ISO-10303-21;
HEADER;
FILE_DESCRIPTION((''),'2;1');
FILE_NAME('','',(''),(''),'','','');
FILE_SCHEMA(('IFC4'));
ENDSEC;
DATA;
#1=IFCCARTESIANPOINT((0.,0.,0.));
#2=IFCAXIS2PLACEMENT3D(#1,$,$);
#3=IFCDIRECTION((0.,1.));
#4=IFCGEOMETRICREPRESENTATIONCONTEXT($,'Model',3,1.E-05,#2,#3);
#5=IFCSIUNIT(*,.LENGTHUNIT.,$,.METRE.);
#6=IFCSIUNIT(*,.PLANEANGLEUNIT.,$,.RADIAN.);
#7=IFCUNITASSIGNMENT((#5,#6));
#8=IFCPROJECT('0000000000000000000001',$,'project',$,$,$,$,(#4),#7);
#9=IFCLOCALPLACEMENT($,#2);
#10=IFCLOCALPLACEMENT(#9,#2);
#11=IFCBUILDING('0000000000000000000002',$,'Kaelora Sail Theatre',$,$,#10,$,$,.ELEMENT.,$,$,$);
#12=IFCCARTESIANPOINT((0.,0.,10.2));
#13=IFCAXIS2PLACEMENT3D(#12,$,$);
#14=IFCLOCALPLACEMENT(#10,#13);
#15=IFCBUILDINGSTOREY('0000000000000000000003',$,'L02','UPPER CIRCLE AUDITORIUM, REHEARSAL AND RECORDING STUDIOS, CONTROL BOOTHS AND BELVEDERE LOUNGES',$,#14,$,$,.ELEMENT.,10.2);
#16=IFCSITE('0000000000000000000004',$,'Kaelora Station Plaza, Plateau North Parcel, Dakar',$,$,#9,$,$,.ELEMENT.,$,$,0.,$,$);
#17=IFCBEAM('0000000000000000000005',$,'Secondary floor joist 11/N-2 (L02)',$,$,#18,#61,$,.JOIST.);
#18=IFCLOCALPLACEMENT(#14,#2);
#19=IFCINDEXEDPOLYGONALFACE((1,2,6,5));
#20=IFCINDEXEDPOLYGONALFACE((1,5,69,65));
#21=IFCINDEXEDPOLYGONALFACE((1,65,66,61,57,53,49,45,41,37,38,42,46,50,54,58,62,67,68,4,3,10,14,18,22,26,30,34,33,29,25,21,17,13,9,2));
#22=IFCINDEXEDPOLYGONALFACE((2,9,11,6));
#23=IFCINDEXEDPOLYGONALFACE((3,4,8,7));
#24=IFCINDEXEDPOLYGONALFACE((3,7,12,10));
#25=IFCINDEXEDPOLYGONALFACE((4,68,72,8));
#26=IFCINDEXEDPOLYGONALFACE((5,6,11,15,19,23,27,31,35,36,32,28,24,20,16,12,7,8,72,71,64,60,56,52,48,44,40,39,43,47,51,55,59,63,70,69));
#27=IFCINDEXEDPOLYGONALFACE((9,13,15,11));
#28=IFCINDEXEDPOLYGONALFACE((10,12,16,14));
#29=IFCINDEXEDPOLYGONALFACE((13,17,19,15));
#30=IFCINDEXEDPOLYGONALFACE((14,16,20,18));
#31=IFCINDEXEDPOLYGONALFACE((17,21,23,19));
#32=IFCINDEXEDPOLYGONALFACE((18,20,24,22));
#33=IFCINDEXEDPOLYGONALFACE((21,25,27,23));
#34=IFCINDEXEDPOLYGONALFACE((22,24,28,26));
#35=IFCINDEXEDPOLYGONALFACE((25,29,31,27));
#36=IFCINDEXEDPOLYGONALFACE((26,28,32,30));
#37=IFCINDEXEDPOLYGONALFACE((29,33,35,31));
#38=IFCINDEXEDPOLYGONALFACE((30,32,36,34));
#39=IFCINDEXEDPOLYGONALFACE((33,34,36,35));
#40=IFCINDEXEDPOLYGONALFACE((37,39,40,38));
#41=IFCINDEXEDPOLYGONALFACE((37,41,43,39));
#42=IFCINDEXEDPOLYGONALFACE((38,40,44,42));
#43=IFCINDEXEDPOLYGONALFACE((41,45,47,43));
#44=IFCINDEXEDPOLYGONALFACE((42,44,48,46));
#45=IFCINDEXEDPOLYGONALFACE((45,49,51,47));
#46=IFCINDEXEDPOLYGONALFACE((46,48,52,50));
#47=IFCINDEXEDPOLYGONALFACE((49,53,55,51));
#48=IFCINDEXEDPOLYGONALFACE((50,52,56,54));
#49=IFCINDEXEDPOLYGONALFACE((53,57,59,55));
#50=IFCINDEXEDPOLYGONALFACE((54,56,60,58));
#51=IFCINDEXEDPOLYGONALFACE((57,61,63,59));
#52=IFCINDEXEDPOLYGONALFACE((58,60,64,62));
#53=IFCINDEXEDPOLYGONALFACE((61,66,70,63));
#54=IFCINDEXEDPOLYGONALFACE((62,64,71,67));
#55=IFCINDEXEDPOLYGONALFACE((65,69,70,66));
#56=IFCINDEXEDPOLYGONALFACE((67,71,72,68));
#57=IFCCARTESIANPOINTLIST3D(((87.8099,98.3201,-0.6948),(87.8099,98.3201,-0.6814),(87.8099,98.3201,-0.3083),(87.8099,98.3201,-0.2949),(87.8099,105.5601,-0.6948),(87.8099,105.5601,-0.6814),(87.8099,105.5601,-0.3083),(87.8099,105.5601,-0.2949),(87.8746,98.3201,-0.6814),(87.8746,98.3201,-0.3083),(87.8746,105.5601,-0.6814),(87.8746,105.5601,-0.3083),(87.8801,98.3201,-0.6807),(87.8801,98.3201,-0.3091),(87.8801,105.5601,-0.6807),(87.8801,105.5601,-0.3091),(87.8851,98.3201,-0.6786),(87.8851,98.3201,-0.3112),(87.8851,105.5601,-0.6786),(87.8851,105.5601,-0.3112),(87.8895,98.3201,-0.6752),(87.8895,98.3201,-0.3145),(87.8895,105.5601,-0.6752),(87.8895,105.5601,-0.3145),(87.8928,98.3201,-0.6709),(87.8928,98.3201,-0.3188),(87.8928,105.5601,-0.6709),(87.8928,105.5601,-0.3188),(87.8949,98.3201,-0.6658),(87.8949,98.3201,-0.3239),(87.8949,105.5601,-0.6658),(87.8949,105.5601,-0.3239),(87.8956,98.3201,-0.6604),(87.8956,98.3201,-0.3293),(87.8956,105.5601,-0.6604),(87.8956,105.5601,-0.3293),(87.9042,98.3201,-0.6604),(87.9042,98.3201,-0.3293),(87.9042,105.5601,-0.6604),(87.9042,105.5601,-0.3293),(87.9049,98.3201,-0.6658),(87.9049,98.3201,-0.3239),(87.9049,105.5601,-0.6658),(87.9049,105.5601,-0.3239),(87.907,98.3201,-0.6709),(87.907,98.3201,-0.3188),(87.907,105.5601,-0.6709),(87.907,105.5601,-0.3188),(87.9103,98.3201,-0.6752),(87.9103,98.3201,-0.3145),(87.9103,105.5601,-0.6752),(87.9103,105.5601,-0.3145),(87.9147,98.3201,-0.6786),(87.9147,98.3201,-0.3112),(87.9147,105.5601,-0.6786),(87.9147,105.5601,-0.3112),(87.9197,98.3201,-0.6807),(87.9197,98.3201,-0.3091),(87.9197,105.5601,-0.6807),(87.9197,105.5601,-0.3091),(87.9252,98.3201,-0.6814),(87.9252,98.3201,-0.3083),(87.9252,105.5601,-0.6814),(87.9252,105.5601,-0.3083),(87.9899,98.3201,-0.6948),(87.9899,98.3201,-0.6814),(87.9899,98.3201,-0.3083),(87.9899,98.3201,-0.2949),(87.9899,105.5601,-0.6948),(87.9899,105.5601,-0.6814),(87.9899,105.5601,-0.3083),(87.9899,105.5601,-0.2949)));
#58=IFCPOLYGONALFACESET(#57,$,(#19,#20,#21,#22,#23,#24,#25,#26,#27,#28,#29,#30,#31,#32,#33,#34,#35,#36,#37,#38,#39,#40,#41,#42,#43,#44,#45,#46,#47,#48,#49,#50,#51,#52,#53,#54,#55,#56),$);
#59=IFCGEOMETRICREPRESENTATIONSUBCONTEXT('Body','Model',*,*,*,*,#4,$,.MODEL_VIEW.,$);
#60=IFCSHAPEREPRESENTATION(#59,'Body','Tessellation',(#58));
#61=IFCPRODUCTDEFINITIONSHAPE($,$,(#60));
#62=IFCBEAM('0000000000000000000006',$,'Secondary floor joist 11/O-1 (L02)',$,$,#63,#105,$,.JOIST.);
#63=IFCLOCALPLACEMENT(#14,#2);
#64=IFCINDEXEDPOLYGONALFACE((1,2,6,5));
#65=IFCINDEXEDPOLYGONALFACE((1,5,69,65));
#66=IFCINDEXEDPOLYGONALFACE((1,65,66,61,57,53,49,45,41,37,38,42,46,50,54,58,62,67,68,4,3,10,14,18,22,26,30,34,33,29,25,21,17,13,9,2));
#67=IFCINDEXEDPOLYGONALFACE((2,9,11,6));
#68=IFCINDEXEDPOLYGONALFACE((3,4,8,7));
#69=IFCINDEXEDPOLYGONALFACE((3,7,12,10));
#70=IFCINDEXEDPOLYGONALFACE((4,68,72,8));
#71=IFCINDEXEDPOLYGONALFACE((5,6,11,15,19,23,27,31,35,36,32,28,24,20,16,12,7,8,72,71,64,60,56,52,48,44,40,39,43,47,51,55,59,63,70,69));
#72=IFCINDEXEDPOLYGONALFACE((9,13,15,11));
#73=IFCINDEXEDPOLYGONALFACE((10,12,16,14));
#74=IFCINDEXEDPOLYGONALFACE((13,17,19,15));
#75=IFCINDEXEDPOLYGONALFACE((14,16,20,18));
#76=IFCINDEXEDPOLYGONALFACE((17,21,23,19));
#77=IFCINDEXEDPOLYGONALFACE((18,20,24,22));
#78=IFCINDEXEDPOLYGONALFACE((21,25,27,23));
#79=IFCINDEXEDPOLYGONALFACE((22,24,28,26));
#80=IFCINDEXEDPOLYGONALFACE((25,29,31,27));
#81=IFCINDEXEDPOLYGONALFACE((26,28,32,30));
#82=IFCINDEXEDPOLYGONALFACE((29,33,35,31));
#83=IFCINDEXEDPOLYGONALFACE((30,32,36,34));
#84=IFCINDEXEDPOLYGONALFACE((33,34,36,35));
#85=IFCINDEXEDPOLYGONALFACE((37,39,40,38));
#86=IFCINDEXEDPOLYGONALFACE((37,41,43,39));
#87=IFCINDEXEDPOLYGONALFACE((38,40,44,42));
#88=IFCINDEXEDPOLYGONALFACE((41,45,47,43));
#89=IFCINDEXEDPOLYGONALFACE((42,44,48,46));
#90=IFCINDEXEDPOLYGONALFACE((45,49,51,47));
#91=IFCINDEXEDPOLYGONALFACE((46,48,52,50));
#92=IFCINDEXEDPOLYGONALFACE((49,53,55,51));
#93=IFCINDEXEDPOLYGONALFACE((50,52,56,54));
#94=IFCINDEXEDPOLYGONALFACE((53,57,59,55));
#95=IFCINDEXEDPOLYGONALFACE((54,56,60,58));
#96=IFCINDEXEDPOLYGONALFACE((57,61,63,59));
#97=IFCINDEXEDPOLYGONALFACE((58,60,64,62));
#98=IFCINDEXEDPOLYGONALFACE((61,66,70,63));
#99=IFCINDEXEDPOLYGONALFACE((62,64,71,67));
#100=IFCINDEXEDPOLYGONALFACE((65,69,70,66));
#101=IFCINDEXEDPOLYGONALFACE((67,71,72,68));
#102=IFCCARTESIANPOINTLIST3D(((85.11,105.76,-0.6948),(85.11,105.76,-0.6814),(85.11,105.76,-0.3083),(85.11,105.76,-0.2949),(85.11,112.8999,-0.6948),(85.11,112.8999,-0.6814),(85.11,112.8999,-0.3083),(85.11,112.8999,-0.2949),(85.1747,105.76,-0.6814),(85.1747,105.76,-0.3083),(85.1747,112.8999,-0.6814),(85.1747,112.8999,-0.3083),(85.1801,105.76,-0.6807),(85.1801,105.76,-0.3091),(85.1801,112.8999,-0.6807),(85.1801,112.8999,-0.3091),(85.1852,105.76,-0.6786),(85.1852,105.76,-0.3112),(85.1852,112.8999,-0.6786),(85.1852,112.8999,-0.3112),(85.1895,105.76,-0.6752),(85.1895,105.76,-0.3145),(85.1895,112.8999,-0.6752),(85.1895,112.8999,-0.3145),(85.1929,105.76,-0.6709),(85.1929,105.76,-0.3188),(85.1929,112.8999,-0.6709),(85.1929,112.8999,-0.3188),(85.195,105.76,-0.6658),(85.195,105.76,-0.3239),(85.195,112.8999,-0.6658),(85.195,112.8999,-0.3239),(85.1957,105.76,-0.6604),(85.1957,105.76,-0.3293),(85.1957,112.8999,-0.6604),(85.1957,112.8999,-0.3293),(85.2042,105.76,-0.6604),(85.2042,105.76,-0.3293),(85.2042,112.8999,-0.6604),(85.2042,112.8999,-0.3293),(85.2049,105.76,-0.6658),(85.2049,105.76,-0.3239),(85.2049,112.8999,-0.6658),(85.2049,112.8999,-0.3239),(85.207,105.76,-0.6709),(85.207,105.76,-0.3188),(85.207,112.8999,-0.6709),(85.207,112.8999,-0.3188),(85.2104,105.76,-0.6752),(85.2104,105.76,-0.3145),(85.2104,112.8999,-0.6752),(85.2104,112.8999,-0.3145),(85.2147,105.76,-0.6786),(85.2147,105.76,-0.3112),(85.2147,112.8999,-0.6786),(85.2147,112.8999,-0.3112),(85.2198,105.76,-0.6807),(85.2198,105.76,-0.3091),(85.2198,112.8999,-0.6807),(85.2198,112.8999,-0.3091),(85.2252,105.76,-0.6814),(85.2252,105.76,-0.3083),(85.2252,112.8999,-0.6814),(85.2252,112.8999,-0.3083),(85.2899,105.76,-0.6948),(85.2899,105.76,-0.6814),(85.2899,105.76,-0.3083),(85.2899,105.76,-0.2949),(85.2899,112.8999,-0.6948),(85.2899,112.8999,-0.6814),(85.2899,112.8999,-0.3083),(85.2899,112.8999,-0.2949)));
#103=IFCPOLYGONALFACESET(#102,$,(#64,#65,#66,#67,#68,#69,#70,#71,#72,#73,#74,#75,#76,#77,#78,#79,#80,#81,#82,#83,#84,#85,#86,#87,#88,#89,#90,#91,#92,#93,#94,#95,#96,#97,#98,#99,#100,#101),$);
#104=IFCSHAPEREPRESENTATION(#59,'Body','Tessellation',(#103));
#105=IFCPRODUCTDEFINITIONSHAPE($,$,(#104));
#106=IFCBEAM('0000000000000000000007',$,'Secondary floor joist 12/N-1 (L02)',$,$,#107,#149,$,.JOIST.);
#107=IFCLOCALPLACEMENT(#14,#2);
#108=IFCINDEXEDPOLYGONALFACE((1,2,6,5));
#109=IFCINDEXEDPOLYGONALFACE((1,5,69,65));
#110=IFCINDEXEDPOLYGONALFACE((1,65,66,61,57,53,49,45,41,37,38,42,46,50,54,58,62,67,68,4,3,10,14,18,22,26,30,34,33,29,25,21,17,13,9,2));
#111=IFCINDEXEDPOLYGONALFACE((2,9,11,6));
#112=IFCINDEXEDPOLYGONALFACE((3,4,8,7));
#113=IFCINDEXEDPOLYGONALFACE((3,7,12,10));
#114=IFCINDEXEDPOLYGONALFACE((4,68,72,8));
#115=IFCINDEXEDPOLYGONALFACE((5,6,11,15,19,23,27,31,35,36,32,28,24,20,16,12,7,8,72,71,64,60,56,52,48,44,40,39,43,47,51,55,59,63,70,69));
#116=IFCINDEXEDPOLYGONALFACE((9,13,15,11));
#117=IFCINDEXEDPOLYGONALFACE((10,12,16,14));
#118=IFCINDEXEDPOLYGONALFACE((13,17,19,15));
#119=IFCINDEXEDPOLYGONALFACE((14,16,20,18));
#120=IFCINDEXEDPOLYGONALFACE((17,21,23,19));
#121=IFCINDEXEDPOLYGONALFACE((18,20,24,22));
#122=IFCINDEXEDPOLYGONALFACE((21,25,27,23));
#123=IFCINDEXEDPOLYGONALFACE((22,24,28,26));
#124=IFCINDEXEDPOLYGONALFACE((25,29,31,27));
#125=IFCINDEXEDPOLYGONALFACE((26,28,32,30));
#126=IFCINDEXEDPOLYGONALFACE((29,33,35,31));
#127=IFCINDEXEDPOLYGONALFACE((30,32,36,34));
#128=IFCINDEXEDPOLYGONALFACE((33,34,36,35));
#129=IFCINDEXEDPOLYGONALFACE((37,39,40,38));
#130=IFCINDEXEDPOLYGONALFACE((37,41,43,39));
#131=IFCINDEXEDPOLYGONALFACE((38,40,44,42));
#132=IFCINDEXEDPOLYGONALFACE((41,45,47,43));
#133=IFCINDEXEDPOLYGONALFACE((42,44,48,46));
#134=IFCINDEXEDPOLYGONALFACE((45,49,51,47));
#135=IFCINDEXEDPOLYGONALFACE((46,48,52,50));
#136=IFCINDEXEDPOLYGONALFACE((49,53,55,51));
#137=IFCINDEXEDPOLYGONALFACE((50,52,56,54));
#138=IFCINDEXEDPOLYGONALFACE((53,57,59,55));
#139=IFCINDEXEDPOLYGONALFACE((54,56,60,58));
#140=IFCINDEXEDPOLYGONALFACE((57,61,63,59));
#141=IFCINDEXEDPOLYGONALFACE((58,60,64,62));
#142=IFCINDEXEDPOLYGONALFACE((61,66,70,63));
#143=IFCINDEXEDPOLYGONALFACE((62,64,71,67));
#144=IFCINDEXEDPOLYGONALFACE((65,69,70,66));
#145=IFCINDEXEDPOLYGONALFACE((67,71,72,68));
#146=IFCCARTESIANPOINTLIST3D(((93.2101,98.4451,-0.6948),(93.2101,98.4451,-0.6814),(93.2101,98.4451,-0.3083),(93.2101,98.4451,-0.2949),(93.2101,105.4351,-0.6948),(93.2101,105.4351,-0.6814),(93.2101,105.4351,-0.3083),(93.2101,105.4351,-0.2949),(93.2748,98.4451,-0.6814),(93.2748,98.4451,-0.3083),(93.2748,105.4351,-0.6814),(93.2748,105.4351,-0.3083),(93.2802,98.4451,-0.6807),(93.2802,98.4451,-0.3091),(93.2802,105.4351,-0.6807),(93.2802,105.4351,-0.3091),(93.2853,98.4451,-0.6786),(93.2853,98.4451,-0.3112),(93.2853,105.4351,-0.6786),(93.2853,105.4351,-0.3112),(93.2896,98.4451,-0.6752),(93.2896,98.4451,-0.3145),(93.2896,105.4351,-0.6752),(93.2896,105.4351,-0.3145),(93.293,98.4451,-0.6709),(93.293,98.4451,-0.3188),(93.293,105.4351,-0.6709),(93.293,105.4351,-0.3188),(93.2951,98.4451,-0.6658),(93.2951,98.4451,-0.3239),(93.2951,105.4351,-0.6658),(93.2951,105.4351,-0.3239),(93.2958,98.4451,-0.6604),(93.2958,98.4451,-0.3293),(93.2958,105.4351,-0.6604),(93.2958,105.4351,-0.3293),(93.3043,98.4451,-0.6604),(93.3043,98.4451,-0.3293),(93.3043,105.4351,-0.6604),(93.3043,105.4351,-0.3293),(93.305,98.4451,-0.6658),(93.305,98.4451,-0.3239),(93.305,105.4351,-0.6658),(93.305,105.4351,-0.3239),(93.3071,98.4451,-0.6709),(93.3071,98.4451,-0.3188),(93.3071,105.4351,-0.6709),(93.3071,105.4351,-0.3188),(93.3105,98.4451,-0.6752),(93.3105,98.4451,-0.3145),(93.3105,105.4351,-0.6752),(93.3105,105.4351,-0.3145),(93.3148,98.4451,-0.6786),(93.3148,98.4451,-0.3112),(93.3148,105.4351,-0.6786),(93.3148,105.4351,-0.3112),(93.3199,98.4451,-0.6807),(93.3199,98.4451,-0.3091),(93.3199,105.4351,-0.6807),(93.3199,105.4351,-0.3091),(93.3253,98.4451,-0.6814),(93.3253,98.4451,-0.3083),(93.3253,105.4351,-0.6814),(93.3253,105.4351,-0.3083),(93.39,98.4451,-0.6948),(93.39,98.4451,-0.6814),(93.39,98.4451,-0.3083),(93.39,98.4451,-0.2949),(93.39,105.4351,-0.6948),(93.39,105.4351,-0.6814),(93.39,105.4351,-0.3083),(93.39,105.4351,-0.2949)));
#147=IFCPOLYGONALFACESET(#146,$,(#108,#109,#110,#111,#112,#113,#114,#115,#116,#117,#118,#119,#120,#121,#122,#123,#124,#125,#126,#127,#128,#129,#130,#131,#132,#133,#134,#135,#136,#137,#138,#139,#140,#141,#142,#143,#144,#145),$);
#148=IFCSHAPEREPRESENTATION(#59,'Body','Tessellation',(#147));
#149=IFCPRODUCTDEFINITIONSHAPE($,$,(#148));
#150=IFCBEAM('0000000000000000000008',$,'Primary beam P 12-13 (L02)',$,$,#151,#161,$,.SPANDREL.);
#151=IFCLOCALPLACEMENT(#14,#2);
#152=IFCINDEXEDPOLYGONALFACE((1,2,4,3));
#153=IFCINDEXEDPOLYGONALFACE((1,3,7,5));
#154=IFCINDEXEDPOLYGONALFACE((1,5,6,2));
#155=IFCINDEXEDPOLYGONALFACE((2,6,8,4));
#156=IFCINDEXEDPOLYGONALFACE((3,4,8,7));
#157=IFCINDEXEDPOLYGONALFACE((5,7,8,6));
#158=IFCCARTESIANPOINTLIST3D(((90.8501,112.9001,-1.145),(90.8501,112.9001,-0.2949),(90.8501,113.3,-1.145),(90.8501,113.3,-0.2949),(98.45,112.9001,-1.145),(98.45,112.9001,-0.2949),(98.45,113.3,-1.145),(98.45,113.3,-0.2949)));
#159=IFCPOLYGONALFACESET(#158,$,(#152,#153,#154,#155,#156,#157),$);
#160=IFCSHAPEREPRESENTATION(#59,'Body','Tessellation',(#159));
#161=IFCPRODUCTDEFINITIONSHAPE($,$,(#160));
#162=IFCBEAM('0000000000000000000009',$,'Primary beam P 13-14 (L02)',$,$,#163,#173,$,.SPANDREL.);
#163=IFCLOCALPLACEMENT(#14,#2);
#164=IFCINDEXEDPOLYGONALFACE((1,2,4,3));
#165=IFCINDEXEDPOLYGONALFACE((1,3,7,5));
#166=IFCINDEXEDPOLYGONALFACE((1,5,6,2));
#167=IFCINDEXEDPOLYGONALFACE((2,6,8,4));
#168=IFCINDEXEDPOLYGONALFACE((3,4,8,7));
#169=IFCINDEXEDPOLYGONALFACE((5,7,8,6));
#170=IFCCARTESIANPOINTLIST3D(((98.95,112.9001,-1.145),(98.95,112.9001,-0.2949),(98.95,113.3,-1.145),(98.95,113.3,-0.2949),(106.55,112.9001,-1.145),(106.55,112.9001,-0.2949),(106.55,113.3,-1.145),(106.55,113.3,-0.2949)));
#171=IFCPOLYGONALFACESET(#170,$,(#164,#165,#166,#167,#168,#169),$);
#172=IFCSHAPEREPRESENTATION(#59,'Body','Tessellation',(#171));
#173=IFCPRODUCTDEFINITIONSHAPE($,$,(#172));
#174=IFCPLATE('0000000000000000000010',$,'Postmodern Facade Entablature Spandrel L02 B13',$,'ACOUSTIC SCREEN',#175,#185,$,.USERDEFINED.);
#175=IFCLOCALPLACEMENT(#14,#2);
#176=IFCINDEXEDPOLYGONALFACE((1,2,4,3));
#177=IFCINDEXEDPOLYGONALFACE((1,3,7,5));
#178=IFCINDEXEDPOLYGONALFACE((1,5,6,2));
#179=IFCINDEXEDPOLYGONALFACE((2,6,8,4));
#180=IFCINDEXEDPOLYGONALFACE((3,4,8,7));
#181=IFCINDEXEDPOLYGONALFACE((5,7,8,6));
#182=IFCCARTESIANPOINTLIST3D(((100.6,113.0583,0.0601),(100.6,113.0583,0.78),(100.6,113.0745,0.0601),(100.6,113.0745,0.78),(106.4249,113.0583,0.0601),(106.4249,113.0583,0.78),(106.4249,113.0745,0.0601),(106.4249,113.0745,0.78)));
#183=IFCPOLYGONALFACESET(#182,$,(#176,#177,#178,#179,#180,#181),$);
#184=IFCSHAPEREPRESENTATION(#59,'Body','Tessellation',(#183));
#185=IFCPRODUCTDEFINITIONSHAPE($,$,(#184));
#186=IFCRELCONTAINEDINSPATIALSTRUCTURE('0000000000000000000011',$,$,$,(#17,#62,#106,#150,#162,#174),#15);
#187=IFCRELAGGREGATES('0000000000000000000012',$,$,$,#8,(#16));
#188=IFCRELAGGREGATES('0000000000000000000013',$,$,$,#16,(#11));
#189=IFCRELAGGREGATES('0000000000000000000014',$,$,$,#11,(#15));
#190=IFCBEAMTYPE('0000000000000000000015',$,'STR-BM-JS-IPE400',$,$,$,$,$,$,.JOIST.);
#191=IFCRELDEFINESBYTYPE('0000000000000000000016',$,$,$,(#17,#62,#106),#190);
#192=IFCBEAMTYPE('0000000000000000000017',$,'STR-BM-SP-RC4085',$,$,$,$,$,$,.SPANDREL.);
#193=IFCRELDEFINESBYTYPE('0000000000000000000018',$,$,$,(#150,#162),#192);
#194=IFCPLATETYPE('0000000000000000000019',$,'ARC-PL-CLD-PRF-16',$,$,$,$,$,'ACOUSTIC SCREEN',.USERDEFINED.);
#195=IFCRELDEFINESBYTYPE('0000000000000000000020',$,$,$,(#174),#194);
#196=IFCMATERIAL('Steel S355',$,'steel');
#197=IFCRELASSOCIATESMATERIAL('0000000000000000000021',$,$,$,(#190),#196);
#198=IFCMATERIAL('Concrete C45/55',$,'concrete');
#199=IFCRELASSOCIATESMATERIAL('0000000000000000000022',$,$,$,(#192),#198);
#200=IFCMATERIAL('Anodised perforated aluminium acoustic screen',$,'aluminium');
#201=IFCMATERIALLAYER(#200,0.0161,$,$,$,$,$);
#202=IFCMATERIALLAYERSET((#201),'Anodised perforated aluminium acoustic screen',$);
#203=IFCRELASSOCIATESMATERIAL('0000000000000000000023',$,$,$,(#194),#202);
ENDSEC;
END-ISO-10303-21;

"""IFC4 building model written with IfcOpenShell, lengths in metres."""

from ifc_helpers import new_model, si_unit, direction, frame, origin, origin_2d, place, context, subcontext, project, spatial, rectangle, i_section, extrude, material, layer, layer_set, material_profile, profile_set, type_object, element, save


model = new_model("IFC4")

# Units and contexts
model_context = context("Model", 3, precision=1e-05, world=origin(), true_north=direction((0.0, 1.0)))
body_context = subcontext(model_context, "Body", "Model", "MODEL_VIEW")
ifc_project = project(units=[si_unit("LENGTHUNIT", "METRE"), si_unit("PLANEANGLEUNIT", "RADIAN")], contexts=[model_context])

# Site, building, storey
site_placement = place(None, origin())
site = spatial("IfcSite", under=ifc_project, at=site_placement, Name="Kaelora Station Plaza, Plateau North Parcel, Dakar", CompositionType="ELEMENT", RefElevation=0.0)
building_placement = place(site_placement, origin())
building = spatial("IfcBuilding", under=site, at=building_placement, Name="Kaelora Sail Theatre", CompositionType="ELEMENT")
storey_placement = place(building_placement, frame((0.0, 0.0, 10.2)))
storey = spatial("IfcBuildingStorey", under=building, at=storey_placement, Name="L02", Description="UPPER CIRCLE AUDITORIUM, REHEARSAL AND RECORDING STUDIOS, CONTROL BOOTHS AND BELVEDERE LOUNGES", CompositionType="ELEMENT", Elevation=10.2)

# Beams
ifc_material_1 = material(Name="Steel S355", Category="steel")
ifc_material_profile_1 = material_profile(ifc_material_1, i_section(OverallWidth=0.1799, OverallDepth=0.3999, WebThickness=0.0085, FlangeThickness=0.0134, FilletRadius=0.021, at=origin_2d()), Name="IPE 400")
ifc_profile_set_1 = profile_set([ifc_material_profile_1], Name="Steel S355")
beam_type_1 = type_object("IfcBeamType", Name="STR-BM-JS-IPE400", PredefinedType="JOIST", material=ifc_profile_set_1)
beam_1_placement = place(storey_placement, frame((87.8999, 98.3201, -0.4949), z_axis=(0.0, 1.0, 0.0), x_axis=(-1.0, 0.0, 0.0)))
element("IfcBeam", 1, at=beam_1_placement, inside=storey, type_object=beam_type_1, Name="Secondary floor joist 11/N-2 (L02)", PredefinedType="JOIST", context=body_context, shape_type="SweptSolid", body=[
    extrude(i_section(OverallWidth=0.1799, OverallDepth=0.3999, WebThickness=0.0085, FlangeThickness=0.0134, FilletRadius=0.021, at=origin_2d()), origin(), (0.0, 0.0, 1.0), 7.24),
])
beam_2_placement = place(storey_placement, frame((85.2, 105.76, -0.4949), z_axis=(0.0, 1.0, 0.0), x_axis=(-1.0, 0.0, 0.0)))
element("IfcBeam", 2, at=beam_2_placement, inside=storey, type_object=beam_type_1, Name="Secondary floor joist 11/O-1 (L02)", PredefinedType="JOIST", context=body_context, shape_type="SweptSolid", body=[
    extrude(i_section(OverallWidth=0.1799, OverallDepth=0.3999, WebThickness=0.0085, FlangeThickness=0.0134, FilletRadius=0.021, at=origin_2d()), origin(), (0.0, 0.0, 1.0), 7.1399),
])
beam_3_placement = place(storey_placement, frame((93.3, 98.4451, -0.4949), z_axis=(0.0, 1.0, 0.0), x_axis=(-1.0, 0.0, 0.0)))
element("IfcBeam", 3, at=beam_3_placement, inside=storey, type_object=beam_type_1, Name="Secondary floor joist 12/N-1 (L02)", PredefinedType="JOIST", context=body_context, shape_type="SweptSolid", body=[
    extrude(i_section(OverallWidth=0.1799, OverallDepth=0.3999, WebThickness=0.0085, FlangeThickness=0.0134, FilletRadius=0.021, at=origin_2d()), origin(), (0.0, 0.0, 1.0), 6.99),
])
ifc_material_2 = material(Name="Concrete C45/55", Category="concrete")
ifc_material_profile_2 = material_profile(ifc_material_2, rectangle(XDim=0.3999, YDim=0.8501, at=origin_2d()), Name="RC-SPN 400x850")
ifc_profile_set_2 = profile_set([ifc_material_profile_2], Name="Concrete C45/55")
beam_type_2 = type_object("IfcBeamType", Name="STR-BM-SP-RC4085", PredefinedType="SPANDREL", material=ifc_profile_set_2)
beam_4_placement = place(storey_placement, frame((90.8501, 113.1001, -0.72), z_axis=(1.0, 0.0, 0.0), x_axis=(0.0, 1.0, 0.0)))
element("IfcBeam", 4, at=beam_4_placement, inside=storey, type_object=beam_type_2, Name="Primary beam P 12-13 (L02)", PredefinedType="SPANDREL", context=body_context, shape_type="SweptSolid", body=[
    extrude(rectangle(XDim=0.3999, YDim=0.8501, at=origin_2d()), origin(), (0.0, 0.0, 1.0), 7.5999),
])
beam_5_placement = place(storey_placement, frame((98.95, 113.1001, -0.72), z_axis=(1.0, 0.0, 0.0), x_axis=(0.0, 1.0, 0.0)))
element("IfcBeam", 5, at=beam_5_placement, inside=storey, type_object=beam_type_2, Name="Primary beam P 13-14 (L02)", PredefinedType="SPANDREL", context=body_context, shape_type="SweptSolid", body=[
    extrude(rectangle(XDim=0.3999, YDim=0.8501, at=origin_2d()), origin(), (0.0, 0.0, 1.0), 7.6001),
])

# Plate
ifc_material_3 = material(Name="Anodised perforated aluminium acoustic screen", Category="aluminium")
ifc_layer_1 = layer(ifc_material_3, 0.0161)
ifc_layer_set_1 = layer_set([ifc_layer_1], Name="Anodised perforated aluminium acoustic screen")
plate_type = type_object("IfcPlateType", Name="ARC-PL-CLD-PRF-16", ElementType="ACOUSTIC SCREEN", PredefinedType="USERDEFINED", material=ifc_layer_set_1)
plate_placement = place(storey_placement, frame((103.5125, 113.0664, 0.0601), z_axis=(0.0, 0.0, 1.0), x_axis=(1.0, 0.0, 0.0)))
element("IfcPlate", 6, at=plate_placement, inside=storey, type_object=plate_type, Name="Postmodern Facade Entablature Spandrel L02 B13", ObjectType="ACOUSTIC SCREEN", PredefinedType="USERDEFINED", context=body_context, shape_type="SweptSolid", body=[
    extrude(rectangle(XDim=5.825, YDim=0.0161, at=origin_2d()), origin(), (0.0, 0.0, 1.0), 0.72),
])

save(model, "model.ifc")
